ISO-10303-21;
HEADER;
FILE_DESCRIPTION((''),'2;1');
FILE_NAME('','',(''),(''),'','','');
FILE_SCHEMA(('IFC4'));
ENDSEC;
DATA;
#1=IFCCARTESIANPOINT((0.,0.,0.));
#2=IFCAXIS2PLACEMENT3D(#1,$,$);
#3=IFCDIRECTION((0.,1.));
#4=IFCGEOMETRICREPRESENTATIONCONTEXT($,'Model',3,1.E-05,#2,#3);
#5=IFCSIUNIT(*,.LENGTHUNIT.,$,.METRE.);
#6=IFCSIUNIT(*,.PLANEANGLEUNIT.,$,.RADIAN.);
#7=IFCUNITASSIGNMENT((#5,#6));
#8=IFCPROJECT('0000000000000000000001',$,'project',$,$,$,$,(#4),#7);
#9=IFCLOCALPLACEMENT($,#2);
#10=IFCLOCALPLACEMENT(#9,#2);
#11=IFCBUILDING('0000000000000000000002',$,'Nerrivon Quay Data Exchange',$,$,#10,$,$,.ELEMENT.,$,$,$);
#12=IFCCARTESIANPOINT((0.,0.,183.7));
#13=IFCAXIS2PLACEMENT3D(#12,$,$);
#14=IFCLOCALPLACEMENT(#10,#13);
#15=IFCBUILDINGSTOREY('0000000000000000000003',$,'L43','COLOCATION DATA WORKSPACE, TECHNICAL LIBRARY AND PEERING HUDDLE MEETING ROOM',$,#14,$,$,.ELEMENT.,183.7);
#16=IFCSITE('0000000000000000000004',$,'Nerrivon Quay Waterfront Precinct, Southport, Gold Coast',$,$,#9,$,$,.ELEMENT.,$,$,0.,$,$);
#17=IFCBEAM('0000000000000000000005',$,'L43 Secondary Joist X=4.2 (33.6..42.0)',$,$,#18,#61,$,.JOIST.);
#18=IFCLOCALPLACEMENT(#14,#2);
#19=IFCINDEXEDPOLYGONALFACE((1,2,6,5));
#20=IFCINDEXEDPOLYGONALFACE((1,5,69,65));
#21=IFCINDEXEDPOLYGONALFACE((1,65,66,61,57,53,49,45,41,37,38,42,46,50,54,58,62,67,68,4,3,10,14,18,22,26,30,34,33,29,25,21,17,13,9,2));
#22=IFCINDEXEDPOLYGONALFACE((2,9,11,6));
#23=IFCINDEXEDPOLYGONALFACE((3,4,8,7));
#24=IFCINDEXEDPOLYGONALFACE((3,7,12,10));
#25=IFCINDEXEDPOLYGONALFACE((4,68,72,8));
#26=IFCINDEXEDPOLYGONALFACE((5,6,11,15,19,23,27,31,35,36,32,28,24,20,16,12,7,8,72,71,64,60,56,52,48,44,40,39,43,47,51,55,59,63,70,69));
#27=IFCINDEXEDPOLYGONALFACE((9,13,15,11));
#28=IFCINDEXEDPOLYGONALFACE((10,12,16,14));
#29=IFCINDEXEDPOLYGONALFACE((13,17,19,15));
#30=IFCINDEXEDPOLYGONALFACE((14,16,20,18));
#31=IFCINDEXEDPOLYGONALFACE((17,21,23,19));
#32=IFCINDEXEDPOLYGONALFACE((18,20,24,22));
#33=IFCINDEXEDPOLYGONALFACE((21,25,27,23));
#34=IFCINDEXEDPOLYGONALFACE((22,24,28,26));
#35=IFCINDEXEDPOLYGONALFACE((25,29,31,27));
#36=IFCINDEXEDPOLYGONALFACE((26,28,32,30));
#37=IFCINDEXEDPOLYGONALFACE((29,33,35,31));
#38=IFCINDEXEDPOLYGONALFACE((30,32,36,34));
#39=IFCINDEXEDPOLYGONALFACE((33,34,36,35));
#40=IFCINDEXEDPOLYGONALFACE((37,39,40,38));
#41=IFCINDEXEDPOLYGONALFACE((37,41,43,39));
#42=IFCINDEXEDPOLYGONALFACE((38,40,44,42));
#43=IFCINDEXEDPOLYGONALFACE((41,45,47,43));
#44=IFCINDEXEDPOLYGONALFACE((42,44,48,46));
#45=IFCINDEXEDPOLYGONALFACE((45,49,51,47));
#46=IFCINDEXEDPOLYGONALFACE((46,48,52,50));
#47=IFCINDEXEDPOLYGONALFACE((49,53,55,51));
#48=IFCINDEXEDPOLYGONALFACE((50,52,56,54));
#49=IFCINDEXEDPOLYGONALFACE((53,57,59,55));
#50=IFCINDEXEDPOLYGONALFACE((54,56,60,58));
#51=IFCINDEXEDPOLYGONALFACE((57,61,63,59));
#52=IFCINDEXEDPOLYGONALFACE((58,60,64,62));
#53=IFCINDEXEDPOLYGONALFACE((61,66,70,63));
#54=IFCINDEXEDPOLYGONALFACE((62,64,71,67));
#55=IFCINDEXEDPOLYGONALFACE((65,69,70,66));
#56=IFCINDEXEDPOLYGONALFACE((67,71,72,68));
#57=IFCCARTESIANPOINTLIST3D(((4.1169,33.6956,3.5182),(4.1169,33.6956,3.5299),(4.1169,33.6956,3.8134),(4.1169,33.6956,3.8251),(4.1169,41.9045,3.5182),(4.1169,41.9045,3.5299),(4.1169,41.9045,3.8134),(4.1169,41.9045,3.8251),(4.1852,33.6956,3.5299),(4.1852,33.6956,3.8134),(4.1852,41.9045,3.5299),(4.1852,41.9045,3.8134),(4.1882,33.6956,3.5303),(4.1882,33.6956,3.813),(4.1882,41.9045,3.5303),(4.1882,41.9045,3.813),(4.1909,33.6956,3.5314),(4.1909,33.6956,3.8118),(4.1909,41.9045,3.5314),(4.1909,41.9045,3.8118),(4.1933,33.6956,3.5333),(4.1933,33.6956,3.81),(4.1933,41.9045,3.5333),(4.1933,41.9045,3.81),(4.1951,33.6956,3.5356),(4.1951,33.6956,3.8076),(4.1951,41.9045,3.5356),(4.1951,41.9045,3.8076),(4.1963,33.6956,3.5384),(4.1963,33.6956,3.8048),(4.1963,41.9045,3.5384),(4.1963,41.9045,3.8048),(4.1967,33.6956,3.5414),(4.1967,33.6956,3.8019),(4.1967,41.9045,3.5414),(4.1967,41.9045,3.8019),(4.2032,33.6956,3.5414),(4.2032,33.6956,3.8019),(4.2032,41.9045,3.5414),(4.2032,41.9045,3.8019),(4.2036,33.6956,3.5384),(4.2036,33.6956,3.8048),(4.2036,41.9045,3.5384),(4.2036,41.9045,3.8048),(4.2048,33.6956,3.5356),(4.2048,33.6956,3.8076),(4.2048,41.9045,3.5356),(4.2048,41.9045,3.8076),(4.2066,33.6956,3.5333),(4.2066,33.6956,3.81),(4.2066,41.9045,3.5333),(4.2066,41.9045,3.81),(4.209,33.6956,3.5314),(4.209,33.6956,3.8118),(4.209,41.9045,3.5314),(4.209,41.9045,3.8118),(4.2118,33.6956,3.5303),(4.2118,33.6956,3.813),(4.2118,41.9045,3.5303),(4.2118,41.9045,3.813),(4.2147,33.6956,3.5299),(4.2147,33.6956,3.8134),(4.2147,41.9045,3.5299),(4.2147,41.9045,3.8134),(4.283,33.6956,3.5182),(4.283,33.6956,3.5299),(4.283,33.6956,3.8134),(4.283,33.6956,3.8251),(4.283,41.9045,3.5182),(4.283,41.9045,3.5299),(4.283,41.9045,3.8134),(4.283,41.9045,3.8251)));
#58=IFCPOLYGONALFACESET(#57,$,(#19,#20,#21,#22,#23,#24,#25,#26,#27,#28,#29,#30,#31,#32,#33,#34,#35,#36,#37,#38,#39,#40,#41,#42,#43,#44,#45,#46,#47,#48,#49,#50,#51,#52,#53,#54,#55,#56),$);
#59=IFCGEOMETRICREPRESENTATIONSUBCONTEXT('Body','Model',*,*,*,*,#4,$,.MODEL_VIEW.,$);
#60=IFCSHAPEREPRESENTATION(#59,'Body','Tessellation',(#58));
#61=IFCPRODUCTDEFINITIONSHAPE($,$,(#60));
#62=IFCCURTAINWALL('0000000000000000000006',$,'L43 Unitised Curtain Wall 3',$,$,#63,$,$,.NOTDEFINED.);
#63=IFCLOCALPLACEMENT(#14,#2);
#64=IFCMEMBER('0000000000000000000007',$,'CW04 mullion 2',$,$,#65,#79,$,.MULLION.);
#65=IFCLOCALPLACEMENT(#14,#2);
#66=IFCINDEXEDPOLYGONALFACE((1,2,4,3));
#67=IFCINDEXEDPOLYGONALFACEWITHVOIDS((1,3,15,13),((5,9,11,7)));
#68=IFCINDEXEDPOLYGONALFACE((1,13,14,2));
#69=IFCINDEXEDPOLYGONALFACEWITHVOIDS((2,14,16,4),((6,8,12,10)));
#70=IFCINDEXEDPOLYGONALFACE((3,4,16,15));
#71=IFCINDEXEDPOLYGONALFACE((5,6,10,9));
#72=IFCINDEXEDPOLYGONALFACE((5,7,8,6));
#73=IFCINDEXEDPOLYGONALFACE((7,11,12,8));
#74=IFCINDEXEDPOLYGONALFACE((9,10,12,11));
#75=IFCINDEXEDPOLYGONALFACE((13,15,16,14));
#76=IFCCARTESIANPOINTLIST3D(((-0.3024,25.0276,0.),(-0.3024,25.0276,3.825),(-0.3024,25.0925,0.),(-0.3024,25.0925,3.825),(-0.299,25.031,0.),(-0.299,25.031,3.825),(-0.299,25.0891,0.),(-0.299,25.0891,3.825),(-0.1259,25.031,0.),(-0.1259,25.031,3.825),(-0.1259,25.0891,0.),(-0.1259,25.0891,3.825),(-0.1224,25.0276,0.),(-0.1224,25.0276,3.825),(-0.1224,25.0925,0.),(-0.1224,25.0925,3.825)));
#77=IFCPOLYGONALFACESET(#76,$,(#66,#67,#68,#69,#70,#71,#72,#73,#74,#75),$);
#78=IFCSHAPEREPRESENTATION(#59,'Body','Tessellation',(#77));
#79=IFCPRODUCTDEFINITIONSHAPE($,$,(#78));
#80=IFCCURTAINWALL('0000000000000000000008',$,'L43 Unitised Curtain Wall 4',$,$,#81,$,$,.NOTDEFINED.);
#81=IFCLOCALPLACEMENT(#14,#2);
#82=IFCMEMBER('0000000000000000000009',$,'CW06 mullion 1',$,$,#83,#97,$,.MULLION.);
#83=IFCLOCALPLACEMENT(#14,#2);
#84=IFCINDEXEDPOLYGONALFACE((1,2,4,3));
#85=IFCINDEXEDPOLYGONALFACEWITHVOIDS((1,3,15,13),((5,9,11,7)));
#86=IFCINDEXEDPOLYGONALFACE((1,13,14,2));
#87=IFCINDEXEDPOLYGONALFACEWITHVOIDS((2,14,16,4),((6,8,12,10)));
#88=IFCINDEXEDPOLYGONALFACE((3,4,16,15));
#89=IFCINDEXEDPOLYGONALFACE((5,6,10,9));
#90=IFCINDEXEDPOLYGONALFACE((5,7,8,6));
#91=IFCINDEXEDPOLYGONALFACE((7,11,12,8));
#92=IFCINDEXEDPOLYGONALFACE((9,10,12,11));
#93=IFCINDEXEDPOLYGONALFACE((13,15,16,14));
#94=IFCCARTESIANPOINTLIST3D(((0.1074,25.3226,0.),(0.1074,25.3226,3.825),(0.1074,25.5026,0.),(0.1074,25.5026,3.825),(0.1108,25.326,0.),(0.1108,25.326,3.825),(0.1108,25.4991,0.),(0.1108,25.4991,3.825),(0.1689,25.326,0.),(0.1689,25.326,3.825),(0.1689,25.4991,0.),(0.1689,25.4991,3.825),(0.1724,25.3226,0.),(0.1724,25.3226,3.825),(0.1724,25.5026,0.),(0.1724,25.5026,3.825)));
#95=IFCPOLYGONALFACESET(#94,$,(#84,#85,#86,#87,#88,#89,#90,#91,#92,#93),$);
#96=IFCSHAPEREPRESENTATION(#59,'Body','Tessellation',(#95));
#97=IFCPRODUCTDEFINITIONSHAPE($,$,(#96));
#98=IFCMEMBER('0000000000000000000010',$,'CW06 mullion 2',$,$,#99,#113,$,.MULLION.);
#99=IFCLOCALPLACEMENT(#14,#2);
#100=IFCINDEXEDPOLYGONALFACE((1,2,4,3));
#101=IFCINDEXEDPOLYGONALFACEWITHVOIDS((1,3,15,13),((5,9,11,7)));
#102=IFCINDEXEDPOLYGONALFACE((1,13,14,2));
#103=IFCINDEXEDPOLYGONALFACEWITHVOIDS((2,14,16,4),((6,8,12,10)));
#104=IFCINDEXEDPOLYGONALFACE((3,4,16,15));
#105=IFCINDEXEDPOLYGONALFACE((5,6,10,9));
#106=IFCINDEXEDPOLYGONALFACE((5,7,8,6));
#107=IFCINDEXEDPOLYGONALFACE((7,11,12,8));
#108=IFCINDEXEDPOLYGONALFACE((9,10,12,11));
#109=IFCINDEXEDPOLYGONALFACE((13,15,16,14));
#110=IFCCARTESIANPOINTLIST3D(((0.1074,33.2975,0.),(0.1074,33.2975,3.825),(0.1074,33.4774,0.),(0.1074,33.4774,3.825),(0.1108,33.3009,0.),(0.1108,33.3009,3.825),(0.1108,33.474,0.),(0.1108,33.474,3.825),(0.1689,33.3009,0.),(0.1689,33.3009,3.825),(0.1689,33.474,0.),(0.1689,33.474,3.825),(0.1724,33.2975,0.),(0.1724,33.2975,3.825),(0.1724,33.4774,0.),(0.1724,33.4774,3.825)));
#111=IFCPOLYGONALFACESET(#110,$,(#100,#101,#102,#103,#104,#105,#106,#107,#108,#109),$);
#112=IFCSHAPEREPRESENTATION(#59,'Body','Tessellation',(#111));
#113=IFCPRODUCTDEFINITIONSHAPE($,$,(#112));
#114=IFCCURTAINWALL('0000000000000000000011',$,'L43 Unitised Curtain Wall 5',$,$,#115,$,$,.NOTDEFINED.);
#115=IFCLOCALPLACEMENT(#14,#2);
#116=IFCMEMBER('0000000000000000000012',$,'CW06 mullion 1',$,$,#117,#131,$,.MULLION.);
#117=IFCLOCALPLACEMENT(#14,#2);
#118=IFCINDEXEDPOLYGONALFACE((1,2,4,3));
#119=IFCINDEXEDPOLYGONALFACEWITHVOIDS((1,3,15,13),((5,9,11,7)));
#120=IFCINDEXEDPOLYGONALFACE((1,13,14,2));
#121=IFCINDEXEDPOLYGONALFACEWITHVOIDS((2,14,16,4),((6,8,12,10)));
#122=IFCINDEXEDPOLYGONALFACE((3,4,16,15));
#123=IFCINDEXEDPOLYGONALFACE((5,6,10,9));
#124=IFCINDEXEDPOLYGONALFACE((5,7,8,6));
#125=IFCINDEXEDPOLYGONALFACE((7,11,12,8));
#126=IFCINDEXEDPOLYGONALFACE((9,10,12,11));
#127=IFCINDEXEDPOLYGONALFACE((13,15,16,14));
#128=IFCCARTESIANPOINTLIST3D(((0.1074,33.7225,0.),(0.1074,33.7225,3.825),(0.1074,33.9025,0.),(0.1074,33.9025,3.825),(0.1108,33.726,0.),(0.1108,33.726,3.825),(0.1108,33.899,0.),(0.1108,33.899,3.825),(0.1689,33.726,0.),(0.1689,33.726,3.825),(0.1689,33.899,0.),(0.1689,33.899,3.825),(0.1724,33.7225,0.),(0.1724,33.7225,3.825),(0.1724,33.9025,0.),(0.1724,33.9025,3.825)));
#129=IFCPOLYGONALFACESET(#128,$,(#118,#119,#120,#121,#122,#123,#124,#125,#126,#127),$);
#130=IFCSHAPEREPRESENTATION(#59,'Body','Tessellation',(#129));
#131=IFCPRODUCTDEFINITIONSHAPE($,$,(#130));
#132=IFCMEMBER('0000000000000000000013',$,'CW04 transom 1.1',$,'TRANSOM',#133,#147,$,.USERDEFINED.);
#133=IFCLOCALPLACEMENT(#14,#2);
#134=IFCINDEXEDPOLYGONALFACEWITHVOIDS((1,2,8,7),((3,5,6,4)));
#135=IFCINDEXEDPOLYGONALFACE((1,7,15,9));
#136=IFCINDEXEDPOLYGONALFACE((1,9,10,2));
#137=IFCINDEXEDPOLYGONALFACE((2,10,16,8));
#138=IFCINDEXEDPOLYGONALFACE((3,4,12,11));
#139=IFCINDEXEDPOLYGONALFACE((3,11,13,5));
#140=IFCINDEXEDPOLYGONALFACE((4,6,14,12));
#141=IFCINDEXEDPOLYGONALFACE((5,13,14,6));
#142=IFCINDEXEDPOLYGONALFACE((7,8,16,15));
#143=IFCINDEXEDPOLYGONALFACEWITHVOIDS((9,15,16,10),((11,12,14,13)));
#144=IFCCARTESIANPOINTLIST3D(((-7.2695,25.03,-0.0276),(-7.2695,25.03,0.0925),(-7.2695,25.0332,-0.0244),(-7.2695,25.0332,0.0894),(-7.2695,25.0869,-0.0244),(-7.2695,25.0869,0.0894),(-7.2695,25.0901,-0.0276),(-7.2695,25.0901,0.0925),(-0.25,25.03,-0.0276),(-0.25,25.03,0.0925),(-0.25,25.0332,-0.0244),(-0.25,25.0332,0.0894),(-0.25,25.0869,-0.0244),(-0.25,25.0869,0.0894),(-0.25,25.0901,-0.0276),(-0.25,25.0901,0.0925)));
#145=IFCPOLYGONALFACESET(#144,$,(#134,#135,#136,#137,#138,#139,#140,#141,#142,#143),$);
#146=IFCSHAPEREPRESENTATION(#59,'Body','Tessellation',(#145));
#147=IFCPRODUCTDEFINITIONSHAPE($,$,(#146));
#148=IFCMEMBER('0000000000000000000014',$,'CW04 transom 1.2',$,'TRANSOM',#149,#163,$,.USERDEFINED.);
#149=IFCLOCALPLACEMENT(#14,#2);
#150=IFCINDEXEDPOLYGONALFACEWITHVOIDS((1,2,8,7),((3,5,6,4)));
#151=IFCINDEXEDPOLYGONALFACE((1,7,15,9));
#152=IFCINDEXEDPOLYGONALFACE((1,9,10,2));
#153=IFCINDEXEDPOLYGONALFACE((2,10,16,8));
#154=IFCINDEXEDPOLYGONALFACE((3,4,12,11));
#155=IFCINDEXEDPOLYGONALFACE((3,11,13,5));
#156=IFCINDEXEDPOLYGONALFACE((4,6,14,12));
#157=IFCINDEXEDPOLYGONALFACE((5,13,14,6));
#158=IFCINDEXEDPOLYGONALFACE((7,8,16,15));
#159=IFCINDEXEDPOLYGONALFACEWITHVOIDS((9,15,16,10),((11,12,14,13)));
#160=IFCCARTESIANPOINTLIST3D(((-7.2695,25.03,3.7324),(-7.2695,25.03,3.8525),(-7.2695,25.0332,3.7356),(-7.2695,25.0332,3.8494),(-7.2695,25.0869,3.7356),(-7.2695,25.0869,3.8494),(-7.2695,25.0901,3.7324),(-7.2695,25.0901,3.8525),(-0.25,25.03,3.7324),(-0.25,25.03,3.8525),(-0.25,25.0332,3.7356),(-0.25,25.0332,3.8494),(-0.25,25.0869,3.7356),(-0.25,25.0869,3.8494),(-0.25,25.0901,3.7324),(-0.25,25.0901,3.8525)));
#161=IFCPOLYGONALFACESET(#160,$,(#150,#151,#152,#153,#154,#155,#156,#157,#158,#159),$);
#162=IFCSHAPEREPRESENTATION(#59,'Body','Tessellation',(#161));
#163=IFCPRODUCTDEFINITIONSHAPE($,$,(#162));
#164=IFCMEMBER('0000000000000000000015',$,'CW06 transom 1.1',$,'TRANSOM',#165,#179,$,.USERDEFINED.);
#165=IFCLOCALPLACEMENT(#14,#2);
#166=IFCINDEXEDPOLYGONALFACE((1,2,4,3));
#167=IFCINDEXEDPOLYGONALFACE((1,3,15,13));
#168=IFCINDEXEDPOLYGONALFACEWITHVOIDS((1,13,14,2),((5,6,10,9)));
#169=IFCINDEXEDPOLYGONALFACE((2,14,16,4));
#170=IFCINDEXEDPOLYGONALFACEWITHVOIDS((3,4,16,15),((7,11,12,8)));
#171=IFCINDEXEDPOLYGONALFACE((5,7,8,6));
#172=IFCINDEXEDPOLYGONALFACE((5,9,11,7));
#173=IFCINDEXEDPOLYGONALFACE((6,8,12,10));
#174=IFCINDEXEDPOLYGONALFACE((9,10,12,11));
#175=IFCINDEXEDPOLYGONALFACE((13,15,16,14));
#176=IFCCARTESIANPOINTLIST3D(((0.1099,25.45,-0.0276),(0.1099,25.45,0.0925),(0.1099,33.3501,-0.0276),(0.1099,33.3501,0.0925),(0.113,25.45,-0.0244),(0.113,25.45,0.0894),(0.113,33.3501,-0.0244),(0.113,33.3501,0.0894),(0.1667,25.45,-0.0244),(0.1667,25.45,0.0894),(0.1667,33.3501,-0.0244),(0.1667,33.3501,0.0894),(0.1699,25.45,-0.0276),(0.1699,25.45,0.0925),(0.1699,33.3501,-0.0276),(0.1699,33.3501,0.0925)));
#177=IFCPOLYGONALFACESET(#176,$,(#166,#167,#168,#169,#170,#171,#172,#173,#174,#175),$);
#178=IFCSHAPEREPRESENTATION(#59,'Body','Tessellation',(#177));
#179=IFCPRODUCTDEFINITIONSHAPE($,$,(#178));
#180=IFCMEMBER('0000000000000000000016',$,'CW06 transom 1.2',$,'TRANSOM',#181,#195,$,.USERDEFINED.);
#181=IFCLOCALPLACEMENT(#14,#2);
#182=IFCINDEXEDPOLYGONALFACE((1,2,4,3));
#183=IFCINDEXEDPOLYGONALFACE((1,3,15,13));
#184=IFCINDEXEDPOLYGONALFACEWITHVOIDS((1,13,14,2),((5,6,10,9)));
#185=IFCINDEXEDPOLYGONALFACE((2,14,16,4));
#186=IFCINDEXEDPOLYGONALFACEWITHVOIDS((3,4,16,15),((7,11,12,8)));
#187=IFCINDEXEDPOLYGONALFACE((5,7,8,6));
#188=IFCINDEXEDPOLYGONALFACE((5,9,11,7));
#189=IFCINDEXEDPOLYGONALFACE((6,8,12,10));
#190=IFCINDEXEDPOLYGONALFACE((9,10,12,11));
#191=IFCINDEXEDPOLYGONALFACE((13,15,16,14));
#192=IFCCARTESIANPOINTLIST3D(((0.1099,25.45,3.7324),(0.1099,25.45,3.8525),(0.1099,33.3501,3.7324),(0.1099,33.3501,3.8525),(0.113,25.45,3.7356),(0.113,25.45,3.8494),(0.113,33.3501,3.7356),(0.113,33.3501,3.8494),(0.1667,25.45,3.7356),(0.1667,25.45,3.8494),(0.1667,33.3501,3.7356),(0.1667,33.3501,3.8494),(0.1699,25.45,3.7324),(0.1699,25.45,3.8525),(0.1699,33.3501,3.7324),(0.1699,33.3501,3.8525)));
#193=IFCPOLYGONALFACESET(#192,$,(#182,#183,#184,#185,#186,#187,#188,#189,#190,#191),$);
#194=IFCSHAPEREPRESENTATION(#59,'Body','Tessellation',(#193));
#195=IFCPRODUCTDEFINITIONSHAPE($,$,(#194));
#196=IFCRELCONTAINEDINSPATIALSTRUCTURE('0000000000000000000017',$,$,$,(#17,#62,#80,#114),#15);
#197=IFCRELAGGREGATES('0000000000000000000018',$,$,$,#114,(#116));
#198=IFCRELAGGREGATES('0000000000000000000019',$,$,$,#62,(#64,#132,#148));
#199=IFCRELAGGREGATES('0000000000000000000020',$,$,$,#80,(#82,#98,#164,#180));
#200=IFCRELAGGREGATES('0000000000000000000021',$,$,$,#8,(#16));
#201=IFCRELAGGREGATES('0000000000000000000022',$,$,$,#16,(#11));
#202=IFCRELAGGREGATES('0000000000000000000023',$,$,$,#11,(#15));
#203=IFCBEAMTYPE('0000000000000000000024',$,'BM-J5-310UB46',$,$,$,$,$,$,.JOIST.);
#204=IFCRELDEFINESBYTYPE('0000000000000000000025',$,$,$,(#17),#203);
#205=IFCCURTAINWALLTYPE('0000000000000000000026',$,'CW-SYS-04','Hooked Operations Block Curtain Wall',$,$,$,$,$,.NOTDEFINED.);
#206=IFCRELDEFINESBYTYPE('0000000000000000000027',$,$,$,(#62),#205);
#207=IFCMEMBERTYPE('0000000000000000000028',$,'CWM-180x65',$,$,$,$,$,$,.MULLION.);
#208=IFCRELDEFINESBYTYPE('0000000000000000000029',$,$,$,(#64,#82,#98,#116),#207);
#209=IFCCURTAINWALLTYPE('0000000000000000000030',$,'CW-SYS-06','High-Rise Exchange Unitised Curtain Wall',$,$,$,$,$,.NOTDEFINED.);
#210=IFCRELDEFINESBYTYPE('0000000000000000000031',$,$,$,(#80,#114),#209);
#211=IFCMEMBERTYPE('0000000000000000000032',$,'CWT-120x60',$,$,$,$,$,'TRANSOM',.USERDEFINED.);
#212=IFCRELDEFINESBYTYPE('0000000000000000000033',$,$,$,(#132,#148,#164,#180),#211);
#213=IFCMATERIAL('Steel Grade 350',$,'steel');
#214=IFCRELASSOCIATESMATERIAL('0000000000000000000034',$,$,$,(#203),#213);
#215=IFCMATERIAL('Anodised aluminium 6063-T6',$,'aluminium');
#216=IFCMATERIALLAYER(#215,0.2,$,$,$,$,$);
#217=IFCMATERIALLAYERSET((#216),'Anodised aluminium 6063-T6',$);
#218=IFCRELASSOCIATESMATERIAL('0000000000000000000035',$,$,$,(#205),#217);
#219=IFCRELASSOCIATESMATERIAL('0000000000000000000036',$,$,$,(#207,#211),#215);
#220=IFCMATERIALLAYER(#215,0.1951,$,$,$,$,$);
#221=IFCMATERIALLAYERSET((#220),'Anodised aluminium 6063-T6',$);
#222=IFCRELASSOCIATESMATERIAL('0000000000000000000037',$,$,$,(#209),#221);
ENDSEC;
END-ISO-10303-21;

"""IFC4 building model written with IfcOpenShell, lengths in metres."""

from ifc_helpers import new_model, si_unit, direction, frame, origin, origin_2d, place, context, subcontext, project, spatial, hollow_rectangle, i_section, extrude, material, layer, layer_set, material_profile, profile_set, type_object, element, aggregate, save


model = new_model("IFC4")

# Units and contexts
model_context = context("Model", 3, precision=1e-05, world=origin(), true_north=direction((0.0, 1.0)))
body_context = subcontext(model_context, "Body", "Model", "MODEL_VIEW")
ifc_project = project(units=[si_unit("LENGTHUNIT", "METRE"), si_unit("PLANEANGLEUNIT", "RADIAN")], contexts=[model_context])

# Site, building, storey
site_placement = place(None, origin())
site = spatial("IfcSite", under=ifc_project, at=site_placement, Name="Nerrivon Quay Waterfront Precinct, Southport, Gold Coast", CompositionType="ELEMENT", RefElevation=0.0)
building_placement = place(site_placement, origin())
building = spatial("IfcBuilding", under=site, at=building_placement, Name="Nerrivon Quay Data Exchange", CompositionType="ELEMENT")
storey_placement = place(building_placement, frame((0.0, 0.0, 183.7)))
storey = spatial("IfcBuildingStorey", under=building, at=storey_placement, Name="L43", Description="COLOCATION DATA WORKSPACE, TECHNICAL LIBRARY AND PEERING HUDDLE MEETING ROOM", CompositionType="ELEMENT", Elevation=183.7)

# Shared definitions
ifc_material_1 = material(Name="Steel Grade 350", Category="steel")

# Beam
ifc_material_profile_1 = material_profile(ifc_material_1, i_section(OverallWidth=0.166, OverallDepth=0.3069, WebThickness=0.0066, FlangeThickness=0.0117, FilletRadius=0.0115, at=origin_2d()), Name="310UB46.2")
ifc_profile_set_1 = profile_set([ifc_material_profile_1], Name="Steel Grade 350")
beam_type_1 = type_object("IfcBeamType", Name="BM-J5-310UB46", PredefinedType="JOIST", material=ifc_profile_set_1)
beam_1_placement = place(storey_placement, frame((4.2, 33.6956, 3.6716), z_axis=(0.0, 1.0, 0.0), x_axis=(-1.0, 0.0, 0.0)))
element("IfcBeam", 1, at=beam_1_placement, inside=storey, type_object=beam_type_1, Name="L43 Secondary Joist X=4.2 (33.6..42.0)", PredefinedType="JOIST", context=body_context, shape_type="SweptSolid", body=[
    extrude(i_section(OverallWidth=0.166, OverallDepth=0.3069, WebThickness=0.0066, FlangeThickness=0.0117, FilletRadius=0.0115, at=origin_2d()), origin(), (0.0, 0.0, 1.0), 8.209),
])

# Curtain wall, member
ifc_material_2 = material(Name="Anodised aluminium 6063-T6", Category="aluminium")
ifc_layer_1 = layer(ifc_material_2, 0.2)
ifc_layer_set_1 = layer_set([ifc_layer_1], Name="Anodised aluminium 6063-T6")
curtain_wall_type_1 = type_object("IfcCurtainWallType", Name="CW-SYS-04", Description="Hooked Operations Block Curtain Wall", PredefinedType="NOTDEFINED", material=ifc_layer_set_1)
curtain_wall_1_placement = place(storey_placement, origin())
curtain_wall_1 = element("IfcCurtainWall", 2, at=curtain_wall_1_placement, inside=storey, type_object=curtain_wall_type_1, Name="L43 Unitised Curtain Wall 3", PredefinedType="NOTDEFINED")
ifc_material_profile_2 = material_profile(ifc_material_2, hollow_rectangle(XDim=0.0649, YDim=0.1799, WallThickness=0.0034, at=origin_2d()), Name="ALU-MULL-180x65")
ifc_profile_set_2 = profile_set([ifc_material_profile_2], Name="Anodised aluminium 6063-T6")
member_type_1 = type_object("IfcMemberType", Name="CWM-180x65", PredefinedType="MULLION", material=ifc_profile_set_2)
member_1_placement = place(storey_placement, frame((-0.2124, 25.0601, 0.0), z_axis=(0.0, 0.0, 1.0), x_axis=(0.0, 1.0, 0.0)))
member_1 = element("IfcMember", 3, at=member_1_placement, type_object=member_type_1, Name="CW04 mullion 2", PredefinedType="MULLION", context=body_context, shape_type="SweptSolid", body=[
    extrude(hollow_rectangle(XDim=0.0649, YDim=0.1799, WallThickness=0.0034, at=origin_2d()), origin(), (0.0, 0.0, 1.0), 3.825),
])

# Curtain wall, members
ifc_layer_2 = layer(ifc_material_2, 0.1951)
ifc_layer_set_2 = layer_set([ifc_layer_2], Name="Anodised aluminium 6063-T6")
curtain_wall_type_2 = type_object("IfcCurtainWallType", Name="CW-SYS-06", Description="High-Rise Exchange Unitised Curtain Wall", PredefinedType="NOTDEFINED", material=ifc_layer_set_2)
curtain_wall_2_placement = place(storey_placement, origin())
curtain_wall_2 = element("IfcCurtainWall", 4, at=curtain_wall_2_placement, inside=storey, type_object=curtain_wall_type_2, Name="L43 Unitised Curtain Wall 4", PredefinedType="NOTDEFINED")
member_2_placement = place(storey_placement, frame((0.1399, 25.4126, 0.0), z_axis=(0.0, 0.0, 1.0), x_axis=(-1.0, 0.0, 0.0)))
member_2 = element("IfcMember", 5, at=member_2_placement, type_object=member_type_1, Name="CW06 mullion 1", PredefinedType="MULLION", context=body_context, shape_type="SweptSolid", body=[
    extrude(hollow_rectangle(XDim=0.0649, YDim=0.1799, WallThickness=0.0034, at=origin_2d()), origin(), (0.0, 0.0, 1.0), 3.825),
])
member_3_placement = place(storey_placement, frame((0.1399, 33.3875, 0.0), z_axis=(0.0, 0.0, 1.0), x_axis=(-1.0, 0.0, 0.0)))
member_3 = element("IfcMember", 6, at=member_3_placement, type_object=member_type_1, Name="CW06 mullion 2", PredefinedType="MULLION", context=body_context, shape_type="SweptSolid", body=[
    extrude(hollow_rectangle(XDim=0.0649, YDim=0.1799, WallThickness=0.0034, at=origin_2d()), origin(), (0.0, 0.0, 1.0), 3.825),
])

# Curtain wall, member
curtain_wall_3_placement = place(storey_placement, origin())
curtain_wall_3 = element("IfcCurtainWall", 7, at=curtain_wall_3_placement, inside=storey, type_object=curtain_wall_type_2, Name="L43 Unitised Curtain Wall 5", PredefinedType="NOTDEFINED")
member_4_placement = place(storey_placement, frame((0.1399, 33.8125, 0.0), z_axis=(0.0, 0.0, 1.0), x_axis=(-1.0, 0.0, 0.0)))
member_4 = element("IfcMember", 8, at=member_4_placement, type_object=member_type_1, Name="CW06 mullion 1", PredefinedType="MULLION", context=body_context, shape_type="SweptSolid", body=[
    extrude(hollow_rectangle(XDim=0.0649, YDim=0.1799, WallThickness=0.0034, at=origin_2d()), origin(), (0.0, 0.0, 1.0), 3.825),
])

# Members
ifc_material_profile_3 = material_profile(ifc_material_2, hollow_rectangle(XDim=0.0601, YDim=0.1201, WallThickness=0.0032, at=origin_2d()), Name="ALU-TRAN-120x60")
ifc_profile_set_3 = profile_set([ifc_material_profile_3], Name="Anodised aluminium 6063-T6")
member_type_2 = type_object("IfcMemberType", Name="CWT-120x60", ElementType="TRANSOM", PredefinedType="USERDEFINED", material=ifc_profile_set_3)
member_5_placement = place(storey_placement, frame((-7.2695, 25.0601, 0.0325), z_axis=(1.0, 0.0, 0.0), x_axis=(0.0, 1.0, 0.0)))
member_5 = element("IfcMember", 9, at=member_5_placement, type_object=member_type_2, Name="CW04 transom 1.1", ObjectType="TRANSOM", PredefinedType="USERDEFINED", context=body_context, shape_type="SweptSolid", body=[
    extrude(hollow_rectangle(XDim=0.0601, YDim=0.1201, WallThickness=0.0032, at=origin_2d()), origin(), (0.0, 0.0, 1.0), 7.0195),
])
member_6_placement = place(storey_placement, frame((-7.2695, 25.0601, 3.7925), z_axis=(1.0, 0.0, 0.0), x_axis=(0.0, 1.0, 0.0)))
member_6 = element("IfcMember", 10, at=member_6_placement, type_object=member_type_2, Name="CW04 transom 1.2", ObjectType="TRANSOM", PredefinedType="USERDEFINED", context=body_context, shape_type="SweptSolid", body=[
    extrude(hollow_rectangle(XDim=0.0601, YDim=0.1201, WallThickness=0.0032, at=origin_2d()), origin(), (0.0, 0.0, 1.0), 7.0195),
])
member_7_placement = place(storey_placement, frame((0.1399, 25.45, 0.0325), z_axis=(0.0, 1.0, 0.0), x_axis=(-1.0, 0.0, 0.0)))
member_7 = element("IfcMember", 11, at=member_7_placement, type_object=member_type_2, Name="CW06 transom 1.1", ObjectType="TRANSOM", PredefinedType="USERDEFINED", context=body_context, shape_type="SweptSolid", body=[
    extrude(hollow_rectangle(XDim=0.0601, YDim=0.1201, WallThickness=0.0032, at=origin_2d()), origin(), (0.0, 0.0, 1.0), 7.9001),
])
member_8_placement = place(storey_placement, frame((0.1399, 25.45, 3.7925), z_axis=(0.0, 1.0, 0.0), x_axis=(-1.0, 0.0, 0.0)))
member_8 = element("IfcMember", 12, at=member_8_placement, type_object=member_type_2, Name="CW06 transom 1.2", ObjectType="TRANSOM", PredefinedType="USERDEFINED", context=body_context, shape_type="SweptSolid", body=[
    extrude(hollow_rectangle(XDim=0.0601, YDim=0.1201, WallThickness=0.0032, at=origin_2d()), origin(), (0.0, 0.0, 1.0), 7.9001),
])
aggregate(curtain_wall_3, [member_4])

aggregate(curtain_wall_1, [member_1, member_5, member_6])
aggregate(curtain_wall_2, [member_2, member_3, member_7, member_8])

save(model, "model.ifc")
